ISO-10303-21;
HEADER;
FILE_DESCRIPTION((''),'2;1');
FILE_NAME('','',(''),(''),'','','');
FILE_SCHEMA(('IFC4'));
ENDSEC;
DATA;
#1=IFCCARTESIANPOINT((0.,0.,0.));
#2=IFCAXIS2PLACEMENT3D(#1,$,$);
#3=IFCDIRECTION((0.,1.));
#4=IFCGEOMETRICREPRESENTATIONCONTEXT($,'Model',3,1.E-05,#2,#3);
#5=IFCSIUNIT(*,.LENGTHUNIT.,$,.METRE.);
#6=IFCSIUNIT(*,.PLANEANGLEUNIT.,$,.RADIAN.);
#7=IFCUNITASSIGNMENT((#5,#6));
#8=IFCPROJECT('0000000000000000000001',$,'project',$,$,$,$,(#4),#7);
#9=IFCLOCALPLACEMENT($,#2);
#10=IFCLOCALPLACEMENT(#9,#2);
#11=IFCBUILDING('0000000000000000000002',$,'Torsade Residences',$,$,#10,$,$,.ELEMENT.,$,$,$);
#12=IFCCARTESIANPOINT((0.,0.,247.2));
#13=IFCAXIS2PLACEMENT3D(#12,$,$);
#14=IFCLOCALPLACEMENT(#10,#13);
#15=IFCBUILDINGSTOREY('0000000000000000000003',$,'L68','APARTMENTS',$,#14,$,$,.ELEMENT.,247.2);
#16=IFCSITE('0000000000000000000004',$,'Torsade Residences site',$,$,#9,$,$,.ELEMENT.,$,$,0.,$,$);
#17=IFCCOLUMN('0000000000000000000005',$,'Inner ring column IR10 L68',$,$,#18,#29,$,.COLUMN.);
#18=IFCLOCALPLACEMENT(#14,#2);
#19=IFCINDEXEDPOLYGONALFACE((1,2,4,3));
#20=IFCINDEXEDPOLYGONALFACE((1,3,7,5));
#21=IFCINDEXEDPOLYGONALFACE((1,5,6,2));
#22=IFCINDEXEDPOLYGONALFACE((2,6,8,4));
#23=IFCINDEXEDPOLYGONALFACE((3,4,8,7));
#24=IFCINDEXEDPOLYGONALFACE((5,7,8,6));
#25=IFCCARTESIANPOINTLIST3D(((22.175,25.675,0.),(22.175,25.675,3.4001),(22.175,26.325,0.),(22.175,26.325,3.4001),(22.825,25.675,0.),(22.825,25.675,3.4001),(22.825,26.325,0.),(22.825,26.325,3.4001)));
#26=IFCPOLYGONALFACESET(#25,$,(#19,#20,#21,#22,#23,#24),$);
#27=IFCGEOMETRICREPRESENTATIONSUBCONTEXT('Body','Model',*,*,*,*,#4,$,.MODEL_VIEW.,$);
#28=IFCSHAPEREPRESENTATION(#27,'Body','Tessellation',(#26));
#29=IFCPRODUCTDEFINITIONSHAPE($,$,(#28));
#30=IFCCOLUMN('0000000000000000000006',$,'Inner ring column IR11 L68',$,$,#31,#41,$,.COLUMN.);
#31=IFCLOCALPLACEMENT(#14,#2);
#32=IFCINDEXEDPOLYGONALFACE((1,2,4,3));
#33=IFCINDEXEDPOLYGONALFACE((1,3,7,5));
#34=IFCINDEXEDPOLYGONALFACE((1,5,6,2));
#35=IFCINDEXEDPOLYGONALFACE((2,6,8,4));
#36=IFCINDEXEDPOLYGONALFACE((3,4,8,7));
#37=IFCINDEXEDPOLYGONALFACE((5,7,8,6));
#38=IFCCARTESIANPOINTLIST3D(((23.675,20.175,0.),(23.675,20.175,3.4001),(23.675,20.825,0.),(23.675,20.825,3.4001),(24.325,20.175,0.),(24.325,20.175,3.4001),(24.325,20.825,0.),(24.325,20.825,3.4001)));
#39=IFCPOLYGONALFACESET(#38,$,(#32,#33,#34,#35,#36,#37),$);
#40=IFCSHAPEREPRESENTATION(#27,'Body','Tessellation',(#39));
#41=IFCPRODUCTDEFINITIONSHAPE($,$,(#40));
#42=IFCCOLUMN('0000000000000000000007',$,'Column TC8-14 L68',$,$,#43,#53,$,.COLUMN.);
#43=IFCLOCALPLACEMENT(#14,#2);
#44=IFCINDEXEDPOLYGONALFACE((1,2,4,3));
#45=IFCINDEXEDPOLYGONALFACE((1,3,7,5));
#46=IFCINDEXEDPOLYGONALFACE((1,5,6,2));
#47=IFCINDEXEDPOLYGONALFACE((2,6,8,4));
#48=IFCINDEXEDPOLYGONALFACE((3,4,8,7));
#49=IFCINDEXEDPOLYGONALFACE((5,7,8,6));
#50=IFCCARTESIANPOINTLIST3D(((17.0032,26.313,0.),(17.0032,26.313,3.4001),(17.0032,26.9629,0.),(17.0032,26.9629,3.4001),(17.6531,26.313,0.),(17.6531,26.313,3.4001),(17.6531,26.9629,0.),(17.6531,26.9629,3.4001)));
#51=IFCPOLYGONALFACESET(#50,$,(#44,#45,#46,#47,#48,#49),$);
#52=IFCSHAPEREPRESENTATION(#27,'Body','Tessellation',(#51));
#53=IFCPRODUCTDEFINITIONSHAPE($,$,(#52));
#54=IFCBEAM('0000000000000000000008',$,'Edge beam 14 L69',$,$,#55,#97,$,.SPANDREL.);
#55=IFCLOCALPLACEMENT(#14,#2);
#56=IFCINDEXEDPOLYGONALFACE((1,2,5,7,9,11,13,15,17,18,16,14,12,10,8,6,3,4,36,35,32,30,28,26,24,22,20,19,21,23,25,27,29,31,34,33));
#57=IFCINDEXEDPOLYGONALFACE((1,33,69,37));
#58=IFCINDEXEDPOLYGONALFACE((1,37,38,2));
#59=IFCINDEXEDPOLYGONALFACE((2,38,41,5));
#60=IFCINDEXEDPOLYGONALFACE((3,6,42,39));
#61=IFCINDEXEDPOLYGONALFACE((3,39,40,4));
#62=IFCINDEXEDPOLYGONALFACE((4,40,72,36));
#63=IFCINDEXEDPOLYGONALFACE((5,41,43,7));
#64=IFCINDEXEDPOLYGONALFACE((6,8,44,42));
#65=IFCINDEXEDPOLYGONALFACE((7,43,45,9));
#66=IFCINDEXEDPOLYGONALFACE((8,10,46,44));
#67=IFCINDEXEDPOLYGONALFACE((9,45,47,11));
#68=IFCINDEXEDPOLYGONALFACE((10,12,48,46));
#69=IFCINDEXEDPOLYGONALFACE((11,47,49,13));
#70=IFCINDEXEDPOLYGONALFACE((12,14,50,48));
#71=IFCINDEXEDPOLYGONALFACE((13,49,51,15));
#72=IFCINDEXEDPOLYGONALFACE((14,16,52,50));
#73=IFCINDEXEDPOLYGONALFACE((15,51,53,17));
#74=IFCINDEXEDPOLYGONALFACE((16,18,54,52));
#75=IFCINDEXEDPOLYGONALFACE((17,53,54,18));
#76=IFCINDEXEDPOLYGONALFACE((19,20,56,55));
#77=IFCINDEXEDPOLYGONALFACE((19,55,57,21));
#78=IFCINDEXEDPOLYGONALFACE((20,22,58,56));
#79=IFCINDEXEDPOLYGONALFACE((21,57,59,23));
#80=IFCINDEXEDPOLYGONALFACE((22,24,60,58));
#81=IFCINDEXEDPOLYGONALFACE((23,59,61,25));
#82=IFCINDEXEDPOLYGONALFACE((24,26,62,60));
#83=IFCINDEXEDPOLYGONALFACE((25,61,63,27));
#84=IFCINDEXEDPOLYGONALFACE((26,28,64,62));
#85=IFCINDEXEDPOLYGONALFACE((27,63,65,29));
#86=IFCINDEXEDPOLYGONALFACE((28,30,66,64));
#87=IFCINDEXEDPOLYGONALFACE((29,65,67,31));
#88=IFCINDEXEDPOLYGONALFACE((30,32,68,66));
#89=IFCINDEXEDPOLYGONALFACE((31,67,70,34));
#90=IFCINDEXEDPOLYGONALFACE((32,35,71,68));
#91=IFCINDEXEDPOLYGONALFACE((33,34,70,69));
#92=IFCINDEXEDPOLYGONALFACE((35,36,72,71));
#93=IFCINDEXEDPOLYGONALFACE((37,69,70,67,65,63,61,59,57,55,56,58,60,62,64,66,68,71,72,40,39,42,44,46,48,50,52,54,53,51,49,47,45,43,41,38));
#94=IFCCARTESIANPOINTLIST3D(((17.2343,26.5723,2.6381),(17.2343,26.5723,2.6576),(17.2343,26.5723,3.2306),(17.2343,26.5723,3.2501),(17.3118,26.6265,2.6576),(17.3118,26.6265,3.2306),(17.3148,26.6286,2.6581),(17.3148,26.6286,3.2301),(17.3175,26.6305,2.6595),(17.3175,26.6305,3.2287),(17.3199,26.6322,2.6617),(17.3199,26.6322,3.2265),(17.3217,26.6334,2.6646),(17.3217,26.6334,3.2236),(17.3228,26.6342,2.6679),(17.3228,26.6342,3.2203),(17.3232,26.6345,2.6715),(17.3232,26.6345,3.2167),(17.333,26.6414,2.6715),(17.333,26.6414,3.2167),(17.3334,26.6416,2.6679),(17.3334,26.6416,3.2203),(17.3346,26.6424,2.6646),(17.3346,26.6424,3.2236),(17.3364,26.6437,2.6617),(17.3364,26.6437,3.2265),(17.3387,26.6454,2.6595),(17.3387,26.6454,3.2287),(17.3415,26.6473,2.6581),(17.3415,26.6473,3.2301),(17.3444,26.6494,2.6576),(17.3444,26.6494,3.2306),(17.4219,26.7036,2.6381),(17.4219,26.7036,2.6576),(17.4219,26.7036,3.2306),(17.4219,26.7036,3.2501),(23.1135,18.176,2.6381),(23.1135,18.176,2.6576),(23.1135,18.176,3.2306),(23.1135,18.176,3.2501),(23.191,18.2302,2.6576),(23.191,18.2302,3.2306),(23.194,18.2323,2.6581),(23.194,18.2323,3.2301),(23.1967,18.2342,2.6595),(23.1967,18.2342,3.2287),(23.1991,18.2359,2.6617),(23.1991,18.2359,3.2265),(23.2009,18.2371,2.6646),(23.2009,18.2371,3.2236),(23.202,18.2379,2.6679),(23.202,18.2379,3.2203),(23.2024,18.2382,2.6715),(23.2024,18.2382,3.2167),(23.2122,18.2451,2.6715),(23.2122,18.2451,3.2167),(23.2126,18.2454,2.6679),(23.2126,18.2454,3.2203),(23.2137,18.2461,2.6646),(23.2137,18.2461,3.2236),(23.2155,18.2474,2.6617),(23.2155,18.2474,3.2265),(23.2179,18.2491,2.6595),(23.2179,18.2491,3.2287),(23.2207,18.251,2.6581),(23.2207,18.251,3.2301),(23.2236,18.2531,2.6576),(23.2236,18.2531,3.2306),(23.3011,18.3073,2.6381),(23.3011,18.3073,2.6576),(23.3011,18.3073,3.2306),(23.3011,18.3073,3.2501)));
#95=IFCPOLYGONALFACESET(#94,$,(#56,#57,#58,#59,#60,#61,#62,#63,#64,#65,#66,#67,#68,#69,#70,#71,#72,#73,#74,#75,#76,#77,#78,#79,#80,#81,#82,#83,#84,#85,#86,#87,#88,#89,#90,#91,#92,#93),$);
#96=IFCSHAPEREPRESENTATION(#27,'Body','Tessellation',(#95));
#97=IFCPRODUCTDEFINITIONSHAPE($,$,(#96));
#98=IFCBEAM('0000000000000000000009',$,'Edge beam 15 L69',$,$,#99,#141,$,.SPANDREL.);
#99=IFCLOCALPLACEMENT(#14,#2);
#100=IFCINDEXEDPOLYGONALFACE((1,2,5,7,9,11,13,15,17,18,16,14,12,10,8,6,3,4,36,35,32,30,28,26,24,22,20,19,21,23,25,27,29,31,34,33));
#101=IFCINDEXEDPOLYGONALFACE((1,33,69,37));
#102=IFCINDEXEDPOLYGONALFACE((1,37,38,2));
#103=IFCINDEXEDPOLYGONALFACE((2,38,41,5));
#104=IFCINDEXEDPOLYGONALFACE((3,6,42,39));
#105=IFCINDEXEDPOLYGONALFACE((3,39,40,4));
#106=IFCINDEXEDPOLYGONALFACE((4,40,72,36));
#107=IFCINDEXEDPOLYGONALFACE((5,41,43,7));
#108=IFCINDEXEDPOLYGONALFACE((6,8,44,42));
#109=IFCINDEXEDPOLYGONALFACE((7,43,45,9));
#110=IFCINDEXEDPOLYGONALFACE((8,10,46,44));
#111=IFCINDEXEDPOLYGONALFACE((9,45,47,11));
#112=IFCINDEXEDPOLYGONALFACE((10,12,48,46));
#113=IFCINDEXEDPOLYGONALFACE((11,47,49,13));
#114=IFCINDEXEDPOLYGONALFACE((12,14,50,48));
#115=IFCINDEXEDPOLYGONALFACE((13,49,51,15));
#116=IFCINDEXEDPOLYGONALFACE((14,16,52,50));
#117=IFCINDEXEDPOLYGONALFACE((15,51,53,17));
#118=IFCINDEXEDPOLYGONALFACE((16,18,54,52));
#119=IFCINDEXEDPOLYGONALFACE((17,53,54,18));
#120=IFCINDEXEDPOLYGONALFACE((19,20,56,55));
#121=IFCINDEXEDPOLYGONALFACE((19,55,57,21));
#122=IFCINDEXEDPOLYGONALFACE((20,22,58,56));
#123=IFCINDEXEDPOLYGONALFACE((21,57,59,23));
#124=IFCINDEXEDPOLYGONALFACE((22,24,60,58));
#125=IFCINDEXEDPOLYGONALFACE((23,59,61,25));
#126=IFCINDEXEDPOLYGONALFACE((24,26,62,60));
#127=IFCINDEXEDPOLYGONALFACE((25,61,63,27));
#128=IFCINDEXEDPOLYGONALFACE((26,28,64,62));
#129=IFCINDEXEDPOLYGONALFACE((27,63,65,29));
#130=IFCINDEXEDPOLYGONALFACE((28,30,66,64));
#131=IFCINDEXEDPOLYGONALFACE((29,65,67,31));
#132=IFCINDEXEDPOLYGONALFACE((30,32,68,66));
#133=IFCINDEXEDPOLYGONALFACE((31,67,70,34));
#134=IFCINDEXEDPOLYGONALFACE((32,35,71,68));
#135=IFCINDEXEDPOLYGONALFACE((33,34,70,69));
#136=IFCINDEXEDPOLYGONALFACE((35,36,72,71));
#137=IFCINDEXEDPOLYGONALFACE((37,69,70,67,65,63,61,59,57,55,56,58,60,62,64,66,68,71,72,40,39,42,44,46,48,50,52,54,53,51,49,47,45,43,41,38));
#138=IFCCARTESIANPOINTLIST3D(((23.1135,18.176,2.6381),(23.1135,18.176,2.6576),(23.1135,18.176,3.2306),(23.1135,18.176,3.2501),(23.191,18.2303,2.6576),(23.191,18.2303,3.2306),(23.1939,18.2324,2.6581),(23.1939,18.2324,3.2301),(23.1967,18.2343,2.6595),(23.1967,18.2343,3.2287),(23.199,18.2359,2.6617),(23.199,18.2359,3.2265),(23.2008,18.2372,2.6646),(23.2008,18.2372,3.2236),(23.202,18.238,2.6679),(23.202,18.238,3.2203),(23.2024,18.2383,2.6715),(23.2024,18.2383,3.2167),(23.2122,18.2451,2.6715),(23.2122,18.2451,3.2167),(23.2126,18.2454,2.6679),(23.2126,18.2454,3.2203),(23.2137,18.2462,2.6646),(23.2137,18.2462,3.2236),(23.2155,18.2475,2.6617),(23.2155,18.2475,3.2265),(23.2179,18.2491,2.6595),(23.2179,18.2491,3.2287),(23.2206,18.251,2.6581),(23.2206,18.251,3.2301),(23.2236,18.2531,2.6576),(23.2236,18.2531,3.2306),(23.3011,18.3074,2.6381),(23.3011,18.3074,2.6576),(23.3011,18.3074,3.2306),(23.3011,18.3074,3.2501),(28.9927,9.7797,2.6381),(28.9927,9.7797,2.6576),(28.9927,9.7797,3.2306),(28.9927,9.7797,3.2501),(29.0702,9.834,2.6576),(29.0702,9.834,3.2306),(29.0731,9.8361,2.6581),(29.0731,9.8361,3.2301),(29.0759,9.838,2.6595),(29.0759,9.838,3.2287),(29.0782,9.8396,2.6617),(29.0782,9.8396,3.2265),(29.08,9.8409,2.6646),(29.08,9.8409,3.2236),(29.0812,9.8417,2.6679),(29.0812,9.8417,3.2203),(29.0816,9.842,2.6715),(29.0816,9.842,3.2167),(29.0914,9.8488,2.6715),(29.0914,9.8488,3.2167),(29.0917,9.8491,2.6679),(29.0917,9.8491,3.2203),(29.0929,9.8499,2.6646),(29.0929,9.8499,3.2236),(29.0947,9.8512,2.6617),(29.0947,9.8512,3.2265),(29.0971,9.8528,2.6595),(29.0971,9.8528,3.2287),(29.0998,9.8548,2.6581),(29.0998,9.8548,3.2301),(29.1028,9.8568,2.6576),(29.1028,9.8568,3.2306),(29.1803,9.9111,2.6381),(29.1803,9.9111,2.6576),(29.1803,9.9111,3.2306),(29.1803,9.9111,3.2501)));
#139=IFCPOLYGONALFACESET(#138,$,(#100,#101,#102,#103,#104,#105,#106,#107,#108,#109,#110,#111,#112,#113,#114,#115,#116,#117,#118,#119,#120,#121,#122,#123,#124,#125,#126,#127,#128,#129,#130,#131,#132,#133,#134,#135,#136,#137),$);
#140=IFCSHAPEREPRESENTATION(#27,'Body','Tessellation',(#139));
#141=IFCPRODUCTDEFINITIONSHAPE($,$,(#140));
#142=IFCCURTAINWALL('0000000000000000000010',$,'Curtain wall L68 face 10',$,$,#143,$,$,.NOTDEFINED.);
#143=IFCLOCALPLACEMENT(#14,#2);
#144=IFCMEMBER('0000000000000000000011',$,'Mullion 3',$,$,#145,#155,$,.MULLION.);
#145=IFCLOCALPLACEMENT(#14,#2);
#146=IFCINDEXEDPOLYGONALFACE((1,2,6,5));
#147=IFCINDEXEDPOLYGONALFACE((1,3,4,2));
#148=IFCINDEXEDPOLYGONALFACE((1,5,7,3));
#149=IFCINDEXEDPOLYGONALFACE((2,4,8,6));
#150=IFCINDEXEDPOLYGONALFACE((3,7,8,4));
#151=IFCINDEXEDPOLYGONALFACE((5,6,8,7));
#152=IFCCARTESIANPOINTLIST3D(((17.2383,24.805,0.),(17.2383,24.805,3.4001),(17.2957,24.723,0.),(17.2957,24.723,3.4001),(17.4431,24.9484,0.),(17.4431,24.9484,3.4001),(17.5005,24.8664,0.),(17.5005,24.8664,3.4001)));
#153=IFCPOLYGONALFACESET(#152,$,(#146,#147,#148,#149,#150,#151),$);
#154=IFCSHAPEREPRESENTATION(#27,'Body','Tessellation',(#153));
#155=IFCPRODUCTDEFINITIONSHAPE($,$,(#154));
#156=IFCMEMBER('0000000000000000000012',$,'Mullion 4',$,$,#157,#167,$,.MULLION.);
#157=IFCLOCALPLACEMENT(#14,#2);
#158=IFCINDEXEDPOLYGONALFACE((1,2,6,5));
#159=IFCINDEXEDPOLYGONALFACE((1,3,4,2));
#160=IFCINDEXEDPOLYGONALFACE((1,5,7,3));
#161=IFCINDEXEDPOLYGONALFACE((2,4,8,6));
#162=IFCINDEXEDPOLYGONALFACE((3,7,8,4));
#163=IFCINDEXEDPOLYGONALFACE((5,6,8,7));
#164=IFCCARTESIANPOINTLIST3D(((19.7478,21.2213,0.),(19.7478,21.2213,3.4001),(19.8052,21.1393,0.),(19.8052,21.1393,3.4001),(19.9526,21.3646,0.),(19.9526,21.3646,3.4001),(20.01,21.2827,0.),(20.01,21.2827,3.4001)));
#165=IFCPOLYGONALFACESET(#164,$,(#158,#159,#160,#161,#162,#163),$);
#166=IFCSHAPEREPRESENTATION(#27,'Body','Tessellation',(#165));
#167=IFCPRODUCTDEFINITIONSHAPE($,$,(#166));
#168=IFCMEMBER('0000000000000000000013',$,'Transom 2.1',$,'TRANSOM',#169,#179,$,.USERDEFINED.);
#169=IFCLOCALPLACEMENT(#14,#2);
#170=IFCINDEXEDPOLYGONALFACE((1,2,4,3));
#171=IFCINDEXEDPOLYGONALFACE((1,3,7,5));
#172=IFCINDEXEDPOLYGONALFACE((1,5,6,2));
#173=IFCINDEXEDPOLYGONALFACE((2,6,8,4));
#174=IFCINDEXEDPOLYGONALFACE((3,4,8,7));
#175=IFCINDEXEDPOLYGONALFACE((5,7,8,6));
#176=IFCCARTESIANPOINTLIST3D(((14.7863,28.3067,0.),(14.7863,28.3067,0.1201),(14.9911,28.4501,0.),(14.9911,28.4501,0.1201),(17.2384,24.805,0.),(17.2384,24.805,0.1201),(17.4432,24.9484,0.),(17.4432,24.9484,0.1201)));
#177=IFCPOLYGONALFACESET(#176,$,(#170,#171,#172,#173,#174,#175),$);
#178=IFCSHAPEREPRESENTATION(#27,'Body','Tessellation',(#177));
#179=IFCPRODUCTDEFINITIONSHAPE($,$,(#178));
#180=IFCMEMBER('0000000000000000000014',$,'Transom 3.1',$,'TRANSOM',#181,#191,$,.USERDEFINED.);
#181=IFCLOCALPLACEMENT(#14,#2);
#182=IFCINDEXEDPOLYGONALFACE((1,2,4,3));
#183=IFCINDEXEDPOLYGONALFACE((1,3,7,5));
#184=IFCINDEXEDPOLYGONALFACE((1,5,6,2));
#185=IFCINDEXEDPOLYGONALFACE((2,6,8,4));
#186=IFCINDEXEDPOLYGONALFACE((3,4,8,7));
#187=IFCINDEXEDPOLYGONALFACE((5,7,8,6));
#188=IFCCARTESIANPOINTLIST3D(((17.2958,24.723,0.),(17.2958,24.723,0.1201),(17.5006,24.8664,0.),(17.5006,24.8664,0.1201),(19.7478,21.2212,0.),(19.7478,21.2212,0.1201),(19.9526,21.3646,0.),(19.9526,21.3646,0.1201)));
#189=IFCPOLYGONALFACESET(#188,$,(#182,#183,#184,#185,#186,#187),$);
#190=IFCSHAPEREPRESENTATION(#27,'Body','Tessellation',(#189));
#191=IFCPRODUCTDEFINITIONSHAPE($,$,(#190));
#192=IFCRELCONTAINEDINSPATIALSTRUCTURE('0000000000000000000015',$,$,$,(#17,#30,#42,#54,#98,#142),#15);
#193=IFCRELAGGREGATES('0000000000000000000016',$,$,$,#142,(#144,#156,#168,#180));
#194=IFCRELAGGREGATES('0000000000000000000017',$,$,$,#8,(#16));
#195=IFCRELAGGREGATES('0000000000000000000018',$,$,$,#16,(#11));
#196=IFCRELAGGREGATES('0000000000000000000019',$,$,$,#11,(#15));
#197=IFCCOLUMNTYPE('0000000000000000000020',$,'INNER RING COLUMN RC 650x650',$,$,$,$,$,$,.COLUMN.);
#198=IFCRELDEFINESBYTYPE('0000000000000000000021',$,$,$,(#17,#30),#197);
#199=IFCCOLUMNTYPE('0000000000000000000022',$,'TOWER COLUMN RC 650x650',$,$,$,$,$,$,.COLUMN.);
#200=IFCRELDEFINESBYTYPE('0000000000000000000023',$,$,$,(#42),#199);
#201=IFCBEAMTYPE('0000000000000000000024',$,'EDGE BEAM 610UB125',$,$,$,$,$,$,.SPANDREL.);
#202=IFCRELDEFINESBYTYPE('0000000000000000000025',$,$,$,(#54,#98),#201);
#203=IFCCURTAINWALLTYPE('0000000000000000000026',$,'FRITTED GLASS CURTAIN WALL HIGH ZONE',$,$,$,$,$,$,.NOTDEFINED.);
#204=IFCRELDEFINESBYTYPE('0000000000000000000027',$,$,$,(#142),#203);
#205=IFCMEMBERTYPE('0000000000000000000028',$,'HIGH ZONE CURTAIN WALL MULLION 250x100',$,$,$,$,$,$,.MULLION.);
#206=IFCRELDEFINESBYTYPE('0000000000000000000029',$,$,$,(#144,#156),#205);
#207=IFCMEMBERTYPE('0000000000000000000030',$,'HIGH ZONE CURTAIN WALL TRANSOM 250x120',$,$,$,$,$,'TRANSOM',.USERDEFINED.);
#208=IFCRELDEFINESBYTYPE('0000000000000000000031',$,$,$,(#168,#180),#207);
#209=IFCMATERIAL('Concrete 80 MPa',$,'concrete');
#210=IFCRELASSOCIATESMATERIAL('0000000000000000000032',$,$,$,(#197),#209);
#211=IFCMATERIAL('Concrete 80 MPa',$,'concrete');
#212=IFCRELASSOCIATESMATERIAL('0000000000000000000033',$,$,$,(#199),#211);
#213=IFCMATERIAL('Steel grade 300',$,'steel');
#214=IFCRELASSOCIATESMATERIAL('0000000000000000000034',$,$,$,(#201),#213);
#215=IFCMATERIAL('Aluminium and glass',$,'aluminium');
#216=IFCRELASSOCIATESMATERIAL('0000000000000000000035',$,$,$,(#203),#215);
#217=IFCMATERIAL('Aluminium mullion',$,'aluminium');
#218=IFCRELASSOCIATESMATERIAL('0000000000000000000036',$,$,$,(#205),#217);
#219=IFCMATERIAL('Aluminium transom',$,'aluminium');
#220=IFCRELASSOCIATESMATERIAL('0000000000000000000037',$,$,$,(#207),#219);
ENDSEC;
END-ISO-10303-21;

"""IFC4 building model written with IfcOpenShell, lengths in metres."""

from ifc_helpers import new_model, si_unit, direction, frame, origin, origin_2d, place, context, subcontext, project, spatial, rectangle, i_section, extrude, material, material_profile, profile_set, type_object, element, aggregate, save


model = new_model("IFC4")

# Units and contexts
model_context = context("Model", 3, precision=1e-05, world=origin(), true_north=direction((0.0, 1.0)))
body_context = subcontext(model_context, "Body", "Model", "MODEL_VIEW")
ifc_project = project(units=[si_unit("LENGTHUNIT", "METRE"), si_unit("PLANEANGLEUNIT", "RADIAN")], contexts=[model_context])

# Site, building, storey
site_placement = place(None, origin())
site = spatial("IfcSite", under=ifc_project, at=site_placement, Name="Torsade Residences site", CompositionType="ELEMENT", RefElevation=0.0)
building_placement = place(site_placement, origin())
building = spatial("IfcBuilding", under=site, at=building_placement, Name="Torsade Residences", CompositionType="ELEMENT")
storey_placement = place(building_placement, frame((0.0, 0.0, 247.2)))
storey = spatial("IfcBuildingStorey", under=building, at=storey_placement, Name="L68", Description="APARTMENTS", CompositionType="ELEMENT", Elevation=247.2)

# Columns
ifc_material_1 = material(Name="Concrete 80 MPa", Category="concrete")
ifc_material_profile_1 = material_profile(ifc_material_1, rectangle(XDim=0.6499, YDim=0.6499, at=origin_2d()), Name="RC 650x650")
ifc_profile_set_1 = profile_set([ifc_material_profile_1], Name="Concrete 80 MPa")
column_type_1 = type_object("IfcColumnType", Name="INNER RING COLUMN RC 650x650", PredefinedType="COLUMN", material=ifc_profile_set_1)
for number, where, z_axis, x_axis, name in (
    (1, (22.5, 26.0, 0.0), (0.0, 0.0, 1.0), (1.0, 0.0, 0.0), "Inner ring column IR10 L68"),
    (2, (24.0, 20.5, 0.0), (0.0, 0.0, 1.0), (1.0, 0.0, 0.0), "Inner ring column IR11 L68"),
):
    element("IfcColumn", number, at=place(storey_placement, frame(where, z_axis=z_axis, x_axis=x_axis)), inside=storey, type_object=column_type_1, Name=name, PredefinedType="COLUMN", context=body_context, shape_type="SweptSolid", body=[
        extrude(rectangle(XDim=0.6499, YDim=0.6499, at=origin_2d()), origin(), (0.0, 0.0, 1.0), 3.4001),
    ])
ifc_material_2 = material(Name="Concrete 80 MPa", Category="concrete")
ifc_material_profile_2 = material_profile(ifc_material_2, rectangle(XDim=0.6499, YDim=0.6499, at=origin_2d()), Name="RC 650x650")
ifc_profile_set_2 = profile_set([ifc_material_profile_2], Name="Concrete 80 MPa")
column_type_2 = type_object("IfcColumnType", Name="TOWER COLUMN RC 650x650", PredefinedType="COLUMN", material=ifc_profile_set_2)
column_placement = place(storey_placement, frame((17.3281, 26.6379, 0.0), z_axis=(0.0, 0.0, 1.0), x_axis=(1.0, 0.0, 0.0)))
element("IfcColumn", 3, at=column_placement, inside=storey, type_object=column_type_2, Name="Column TC8-14 L68", PredefinedType="COLUMN", context=body_context, shape_type="SweptSolid", body=[
    extrude(rectangle(XDim=0.6499, YDim=0.6499, at=origin_2d()), origin(), (0.0, 0.0, 1.0), 3.4001),
])

# Beams
ifc_material_3 = material(Name="Steel grade 300", Category="steel")
ifc_material_profile_3 = material_profile(ifc_material_3, i_section(OverallWidth=0.229, OverallDepth=0.6121, WebThickness=0.012, FlangeThickness=0.0195, FilletRadius=0.0139, at=origin_2d()), Name="610UB125")
ifc_profile_set_3 = profile_set([ifc_material_profile_3], Name="Steel grade 300")
beam_type_1 = type_object("IfcBeamType", Name="EDGE BEAM 610UB125", PredefinedType="SPANDREL", material=ifc_profile_set_3)
for number, where, z_axis, x_axis, name in (
    (4, (17.3281, 26.6379, 2.9441), (0.573579, -0.81915, 0.0), (0.81915, 0.573579, 0.0), "Edge beam 14 L69"),
    (5, (23.2073, 18.2417, 2.9441), (0.573579, -0.81915, 0.0), (0.81915, 0.573579, 0.0), "Edge beam 15 L69"),
):
    element("IfcBeam", number, at=place(storey_placement, frame(where, z_axis=z_axis, x_axis=x_axis)), inside=storey, type_object=beam_type_1, Name=name, PredefinedType="SPANDREL", context=body_context, shape_type="SweptSolid", body=[
        extrude(i_section(OverallWidth=0.229, OverallDepth=0.6121, WebThickness=0.012, FlangeThickness=0.0195, FilletRadius=0.0139, at=origin_2d()), origin(), (0.0, 0.0, 1.0), 10.25),
    ])

# Curtain wall, members
ifc_material_4 = material(Name="Aluminium and glass", Category="aluminium")
curtain_wall_type = type_object("IfcCurtainWallType", Name="FRITTED GLASS CURTAIN WALL HIGH ZONE", PredefinedType="NOTDEFINED", material=ifc_material_4)
curtain_wall_placement = place(storey_placement, origin())
curtain_wall = element("IfcCurtainWall", 6, at=curtain_wall_placement, inside=storey, type_object=curtain_wall_type, Name="Curtain wall L68 face 10", PredefinedType="NOTDEFINED")
ifc_material_5 = material(Name="Aluminium mullion", Category="aluminium")
ifc_material_profile_4 = material_profile(ifc_material_5, rectangle(XDim=0.25, YDim=0.1001, at=origin_2d()), Name="HIGH ZONE CURTAIN WALL MULLION 250x100")
ifc_profile_set_4 = profile_set([ifc_material_profile_4], Name="Aluminium mullion")
member_type_1 = type_object("IfcMemberType", Name="HIGH ZONE CURTAIN WALL MULLION 250x100", PredefinedType="MULLION", material=ifc_profile_set_4)
member_1_placement = place(storey_placement, frame((17.3694, 24.8357, 0.0), z_axis=(0.0, 0.0, 1.0), x_axis=(0.819152, 0.573576, 0.0)))
member_1 = element("IfcMember", 7, at=member_1_placement, type_object=member_type_1, Name="Mullion 3", PredefinedType="MULLION", context=body_context, shape_type="SweptSolid", body=[
    extrude(rectangle(XDim=0.25, YDim=0.1001, at=origin_2d()), origin(), (0.0, 0.0, 1.0), 3.4001),
])
member_2_placement = place(storey_placement, frame((19.8789, 21.252, 0.0), z_axis=(0.0, 0.0, 1.0), x_axis=(0.819152, 0.573576, 0.0)))
member_2 = element("IfcMember", 8, at=member_2_placement, type_object=member_type_1, Name="Mullion 4", PredefinedType="MULLION", context=body_context, shape_type="SweptSolid", body=[
    extrude(rectangle(XDim=0.25, YDim=0.1001, at=origin_2d()), origin(), (0.0, 0.0, 1.0), 3.4001),
])
ifc_material_6 = material(Name="Aluminium transom", Category="aluminium")
ifc_material_profile_5 = material_profile(ifc_material_6, rectangle(XDim=0.25, YDim=0.1201, at=origin_2d()), Name="HIGH ZONE CURTAIN WALL TRANSOM 250x120")
ifc_profile_set_5 = profile_set([ifc_material_profile_5], Name="Aluminium transom")
member_type_2 = type_object("IfcMemberType", Name="HIGH ZONE CURTAIN WALL TRANSOM 250x120", ElementType="TRANSOM", PredefinedType="USERDEFINED", material=ifc_profile_set_5)
member_3_placement = place(storey_placement, frame((14.8887, 28.3784, 0.0601), z_axis=(0.573612, -0.819127, 0.0), x_axis=(0.819127, 0.573612, 0.0)))
member_3 = element("IfcMember", 9, at=member_3_placement, type_object=member_type_2, Name="Transom 2.1", ObjectType="TRANSOM", PredefinedType="USERDEFINED", context=body_context, shape_type="SweptSolid", body=[
    extrude(rectangle(XDim=0.25, YDim=0.1201, at=origin_2d()), origin(), (0.0, 0.0, 1.0), 4.2749),
])
member_4_placement = place(storey_placement, frame((17.3982, 24.7947, 0.0601), z_axis=(0.573573, -0.819154, 0.0), x_axis=(0.819154, 0.573573, 0.0)))
member_4 = element("IfcMember", 10, at=member_4_placement, type_object=member_type_2, Name="Transom 3.1", ObjectType="TRANSOM", PredefinedType="USERDEFINED", context=body_context, shape_type="SweptSolid", body=[
    extrude(rectangle(XDim=0.25, YDim=0.1201, at=origin_2d()), origin(), (0.0, 0.0, 1.0), 4.2749),
])

aggregate(curtain_wall, [member_1, member_2, member_3, member_4])

save(model, "model.ifc")
